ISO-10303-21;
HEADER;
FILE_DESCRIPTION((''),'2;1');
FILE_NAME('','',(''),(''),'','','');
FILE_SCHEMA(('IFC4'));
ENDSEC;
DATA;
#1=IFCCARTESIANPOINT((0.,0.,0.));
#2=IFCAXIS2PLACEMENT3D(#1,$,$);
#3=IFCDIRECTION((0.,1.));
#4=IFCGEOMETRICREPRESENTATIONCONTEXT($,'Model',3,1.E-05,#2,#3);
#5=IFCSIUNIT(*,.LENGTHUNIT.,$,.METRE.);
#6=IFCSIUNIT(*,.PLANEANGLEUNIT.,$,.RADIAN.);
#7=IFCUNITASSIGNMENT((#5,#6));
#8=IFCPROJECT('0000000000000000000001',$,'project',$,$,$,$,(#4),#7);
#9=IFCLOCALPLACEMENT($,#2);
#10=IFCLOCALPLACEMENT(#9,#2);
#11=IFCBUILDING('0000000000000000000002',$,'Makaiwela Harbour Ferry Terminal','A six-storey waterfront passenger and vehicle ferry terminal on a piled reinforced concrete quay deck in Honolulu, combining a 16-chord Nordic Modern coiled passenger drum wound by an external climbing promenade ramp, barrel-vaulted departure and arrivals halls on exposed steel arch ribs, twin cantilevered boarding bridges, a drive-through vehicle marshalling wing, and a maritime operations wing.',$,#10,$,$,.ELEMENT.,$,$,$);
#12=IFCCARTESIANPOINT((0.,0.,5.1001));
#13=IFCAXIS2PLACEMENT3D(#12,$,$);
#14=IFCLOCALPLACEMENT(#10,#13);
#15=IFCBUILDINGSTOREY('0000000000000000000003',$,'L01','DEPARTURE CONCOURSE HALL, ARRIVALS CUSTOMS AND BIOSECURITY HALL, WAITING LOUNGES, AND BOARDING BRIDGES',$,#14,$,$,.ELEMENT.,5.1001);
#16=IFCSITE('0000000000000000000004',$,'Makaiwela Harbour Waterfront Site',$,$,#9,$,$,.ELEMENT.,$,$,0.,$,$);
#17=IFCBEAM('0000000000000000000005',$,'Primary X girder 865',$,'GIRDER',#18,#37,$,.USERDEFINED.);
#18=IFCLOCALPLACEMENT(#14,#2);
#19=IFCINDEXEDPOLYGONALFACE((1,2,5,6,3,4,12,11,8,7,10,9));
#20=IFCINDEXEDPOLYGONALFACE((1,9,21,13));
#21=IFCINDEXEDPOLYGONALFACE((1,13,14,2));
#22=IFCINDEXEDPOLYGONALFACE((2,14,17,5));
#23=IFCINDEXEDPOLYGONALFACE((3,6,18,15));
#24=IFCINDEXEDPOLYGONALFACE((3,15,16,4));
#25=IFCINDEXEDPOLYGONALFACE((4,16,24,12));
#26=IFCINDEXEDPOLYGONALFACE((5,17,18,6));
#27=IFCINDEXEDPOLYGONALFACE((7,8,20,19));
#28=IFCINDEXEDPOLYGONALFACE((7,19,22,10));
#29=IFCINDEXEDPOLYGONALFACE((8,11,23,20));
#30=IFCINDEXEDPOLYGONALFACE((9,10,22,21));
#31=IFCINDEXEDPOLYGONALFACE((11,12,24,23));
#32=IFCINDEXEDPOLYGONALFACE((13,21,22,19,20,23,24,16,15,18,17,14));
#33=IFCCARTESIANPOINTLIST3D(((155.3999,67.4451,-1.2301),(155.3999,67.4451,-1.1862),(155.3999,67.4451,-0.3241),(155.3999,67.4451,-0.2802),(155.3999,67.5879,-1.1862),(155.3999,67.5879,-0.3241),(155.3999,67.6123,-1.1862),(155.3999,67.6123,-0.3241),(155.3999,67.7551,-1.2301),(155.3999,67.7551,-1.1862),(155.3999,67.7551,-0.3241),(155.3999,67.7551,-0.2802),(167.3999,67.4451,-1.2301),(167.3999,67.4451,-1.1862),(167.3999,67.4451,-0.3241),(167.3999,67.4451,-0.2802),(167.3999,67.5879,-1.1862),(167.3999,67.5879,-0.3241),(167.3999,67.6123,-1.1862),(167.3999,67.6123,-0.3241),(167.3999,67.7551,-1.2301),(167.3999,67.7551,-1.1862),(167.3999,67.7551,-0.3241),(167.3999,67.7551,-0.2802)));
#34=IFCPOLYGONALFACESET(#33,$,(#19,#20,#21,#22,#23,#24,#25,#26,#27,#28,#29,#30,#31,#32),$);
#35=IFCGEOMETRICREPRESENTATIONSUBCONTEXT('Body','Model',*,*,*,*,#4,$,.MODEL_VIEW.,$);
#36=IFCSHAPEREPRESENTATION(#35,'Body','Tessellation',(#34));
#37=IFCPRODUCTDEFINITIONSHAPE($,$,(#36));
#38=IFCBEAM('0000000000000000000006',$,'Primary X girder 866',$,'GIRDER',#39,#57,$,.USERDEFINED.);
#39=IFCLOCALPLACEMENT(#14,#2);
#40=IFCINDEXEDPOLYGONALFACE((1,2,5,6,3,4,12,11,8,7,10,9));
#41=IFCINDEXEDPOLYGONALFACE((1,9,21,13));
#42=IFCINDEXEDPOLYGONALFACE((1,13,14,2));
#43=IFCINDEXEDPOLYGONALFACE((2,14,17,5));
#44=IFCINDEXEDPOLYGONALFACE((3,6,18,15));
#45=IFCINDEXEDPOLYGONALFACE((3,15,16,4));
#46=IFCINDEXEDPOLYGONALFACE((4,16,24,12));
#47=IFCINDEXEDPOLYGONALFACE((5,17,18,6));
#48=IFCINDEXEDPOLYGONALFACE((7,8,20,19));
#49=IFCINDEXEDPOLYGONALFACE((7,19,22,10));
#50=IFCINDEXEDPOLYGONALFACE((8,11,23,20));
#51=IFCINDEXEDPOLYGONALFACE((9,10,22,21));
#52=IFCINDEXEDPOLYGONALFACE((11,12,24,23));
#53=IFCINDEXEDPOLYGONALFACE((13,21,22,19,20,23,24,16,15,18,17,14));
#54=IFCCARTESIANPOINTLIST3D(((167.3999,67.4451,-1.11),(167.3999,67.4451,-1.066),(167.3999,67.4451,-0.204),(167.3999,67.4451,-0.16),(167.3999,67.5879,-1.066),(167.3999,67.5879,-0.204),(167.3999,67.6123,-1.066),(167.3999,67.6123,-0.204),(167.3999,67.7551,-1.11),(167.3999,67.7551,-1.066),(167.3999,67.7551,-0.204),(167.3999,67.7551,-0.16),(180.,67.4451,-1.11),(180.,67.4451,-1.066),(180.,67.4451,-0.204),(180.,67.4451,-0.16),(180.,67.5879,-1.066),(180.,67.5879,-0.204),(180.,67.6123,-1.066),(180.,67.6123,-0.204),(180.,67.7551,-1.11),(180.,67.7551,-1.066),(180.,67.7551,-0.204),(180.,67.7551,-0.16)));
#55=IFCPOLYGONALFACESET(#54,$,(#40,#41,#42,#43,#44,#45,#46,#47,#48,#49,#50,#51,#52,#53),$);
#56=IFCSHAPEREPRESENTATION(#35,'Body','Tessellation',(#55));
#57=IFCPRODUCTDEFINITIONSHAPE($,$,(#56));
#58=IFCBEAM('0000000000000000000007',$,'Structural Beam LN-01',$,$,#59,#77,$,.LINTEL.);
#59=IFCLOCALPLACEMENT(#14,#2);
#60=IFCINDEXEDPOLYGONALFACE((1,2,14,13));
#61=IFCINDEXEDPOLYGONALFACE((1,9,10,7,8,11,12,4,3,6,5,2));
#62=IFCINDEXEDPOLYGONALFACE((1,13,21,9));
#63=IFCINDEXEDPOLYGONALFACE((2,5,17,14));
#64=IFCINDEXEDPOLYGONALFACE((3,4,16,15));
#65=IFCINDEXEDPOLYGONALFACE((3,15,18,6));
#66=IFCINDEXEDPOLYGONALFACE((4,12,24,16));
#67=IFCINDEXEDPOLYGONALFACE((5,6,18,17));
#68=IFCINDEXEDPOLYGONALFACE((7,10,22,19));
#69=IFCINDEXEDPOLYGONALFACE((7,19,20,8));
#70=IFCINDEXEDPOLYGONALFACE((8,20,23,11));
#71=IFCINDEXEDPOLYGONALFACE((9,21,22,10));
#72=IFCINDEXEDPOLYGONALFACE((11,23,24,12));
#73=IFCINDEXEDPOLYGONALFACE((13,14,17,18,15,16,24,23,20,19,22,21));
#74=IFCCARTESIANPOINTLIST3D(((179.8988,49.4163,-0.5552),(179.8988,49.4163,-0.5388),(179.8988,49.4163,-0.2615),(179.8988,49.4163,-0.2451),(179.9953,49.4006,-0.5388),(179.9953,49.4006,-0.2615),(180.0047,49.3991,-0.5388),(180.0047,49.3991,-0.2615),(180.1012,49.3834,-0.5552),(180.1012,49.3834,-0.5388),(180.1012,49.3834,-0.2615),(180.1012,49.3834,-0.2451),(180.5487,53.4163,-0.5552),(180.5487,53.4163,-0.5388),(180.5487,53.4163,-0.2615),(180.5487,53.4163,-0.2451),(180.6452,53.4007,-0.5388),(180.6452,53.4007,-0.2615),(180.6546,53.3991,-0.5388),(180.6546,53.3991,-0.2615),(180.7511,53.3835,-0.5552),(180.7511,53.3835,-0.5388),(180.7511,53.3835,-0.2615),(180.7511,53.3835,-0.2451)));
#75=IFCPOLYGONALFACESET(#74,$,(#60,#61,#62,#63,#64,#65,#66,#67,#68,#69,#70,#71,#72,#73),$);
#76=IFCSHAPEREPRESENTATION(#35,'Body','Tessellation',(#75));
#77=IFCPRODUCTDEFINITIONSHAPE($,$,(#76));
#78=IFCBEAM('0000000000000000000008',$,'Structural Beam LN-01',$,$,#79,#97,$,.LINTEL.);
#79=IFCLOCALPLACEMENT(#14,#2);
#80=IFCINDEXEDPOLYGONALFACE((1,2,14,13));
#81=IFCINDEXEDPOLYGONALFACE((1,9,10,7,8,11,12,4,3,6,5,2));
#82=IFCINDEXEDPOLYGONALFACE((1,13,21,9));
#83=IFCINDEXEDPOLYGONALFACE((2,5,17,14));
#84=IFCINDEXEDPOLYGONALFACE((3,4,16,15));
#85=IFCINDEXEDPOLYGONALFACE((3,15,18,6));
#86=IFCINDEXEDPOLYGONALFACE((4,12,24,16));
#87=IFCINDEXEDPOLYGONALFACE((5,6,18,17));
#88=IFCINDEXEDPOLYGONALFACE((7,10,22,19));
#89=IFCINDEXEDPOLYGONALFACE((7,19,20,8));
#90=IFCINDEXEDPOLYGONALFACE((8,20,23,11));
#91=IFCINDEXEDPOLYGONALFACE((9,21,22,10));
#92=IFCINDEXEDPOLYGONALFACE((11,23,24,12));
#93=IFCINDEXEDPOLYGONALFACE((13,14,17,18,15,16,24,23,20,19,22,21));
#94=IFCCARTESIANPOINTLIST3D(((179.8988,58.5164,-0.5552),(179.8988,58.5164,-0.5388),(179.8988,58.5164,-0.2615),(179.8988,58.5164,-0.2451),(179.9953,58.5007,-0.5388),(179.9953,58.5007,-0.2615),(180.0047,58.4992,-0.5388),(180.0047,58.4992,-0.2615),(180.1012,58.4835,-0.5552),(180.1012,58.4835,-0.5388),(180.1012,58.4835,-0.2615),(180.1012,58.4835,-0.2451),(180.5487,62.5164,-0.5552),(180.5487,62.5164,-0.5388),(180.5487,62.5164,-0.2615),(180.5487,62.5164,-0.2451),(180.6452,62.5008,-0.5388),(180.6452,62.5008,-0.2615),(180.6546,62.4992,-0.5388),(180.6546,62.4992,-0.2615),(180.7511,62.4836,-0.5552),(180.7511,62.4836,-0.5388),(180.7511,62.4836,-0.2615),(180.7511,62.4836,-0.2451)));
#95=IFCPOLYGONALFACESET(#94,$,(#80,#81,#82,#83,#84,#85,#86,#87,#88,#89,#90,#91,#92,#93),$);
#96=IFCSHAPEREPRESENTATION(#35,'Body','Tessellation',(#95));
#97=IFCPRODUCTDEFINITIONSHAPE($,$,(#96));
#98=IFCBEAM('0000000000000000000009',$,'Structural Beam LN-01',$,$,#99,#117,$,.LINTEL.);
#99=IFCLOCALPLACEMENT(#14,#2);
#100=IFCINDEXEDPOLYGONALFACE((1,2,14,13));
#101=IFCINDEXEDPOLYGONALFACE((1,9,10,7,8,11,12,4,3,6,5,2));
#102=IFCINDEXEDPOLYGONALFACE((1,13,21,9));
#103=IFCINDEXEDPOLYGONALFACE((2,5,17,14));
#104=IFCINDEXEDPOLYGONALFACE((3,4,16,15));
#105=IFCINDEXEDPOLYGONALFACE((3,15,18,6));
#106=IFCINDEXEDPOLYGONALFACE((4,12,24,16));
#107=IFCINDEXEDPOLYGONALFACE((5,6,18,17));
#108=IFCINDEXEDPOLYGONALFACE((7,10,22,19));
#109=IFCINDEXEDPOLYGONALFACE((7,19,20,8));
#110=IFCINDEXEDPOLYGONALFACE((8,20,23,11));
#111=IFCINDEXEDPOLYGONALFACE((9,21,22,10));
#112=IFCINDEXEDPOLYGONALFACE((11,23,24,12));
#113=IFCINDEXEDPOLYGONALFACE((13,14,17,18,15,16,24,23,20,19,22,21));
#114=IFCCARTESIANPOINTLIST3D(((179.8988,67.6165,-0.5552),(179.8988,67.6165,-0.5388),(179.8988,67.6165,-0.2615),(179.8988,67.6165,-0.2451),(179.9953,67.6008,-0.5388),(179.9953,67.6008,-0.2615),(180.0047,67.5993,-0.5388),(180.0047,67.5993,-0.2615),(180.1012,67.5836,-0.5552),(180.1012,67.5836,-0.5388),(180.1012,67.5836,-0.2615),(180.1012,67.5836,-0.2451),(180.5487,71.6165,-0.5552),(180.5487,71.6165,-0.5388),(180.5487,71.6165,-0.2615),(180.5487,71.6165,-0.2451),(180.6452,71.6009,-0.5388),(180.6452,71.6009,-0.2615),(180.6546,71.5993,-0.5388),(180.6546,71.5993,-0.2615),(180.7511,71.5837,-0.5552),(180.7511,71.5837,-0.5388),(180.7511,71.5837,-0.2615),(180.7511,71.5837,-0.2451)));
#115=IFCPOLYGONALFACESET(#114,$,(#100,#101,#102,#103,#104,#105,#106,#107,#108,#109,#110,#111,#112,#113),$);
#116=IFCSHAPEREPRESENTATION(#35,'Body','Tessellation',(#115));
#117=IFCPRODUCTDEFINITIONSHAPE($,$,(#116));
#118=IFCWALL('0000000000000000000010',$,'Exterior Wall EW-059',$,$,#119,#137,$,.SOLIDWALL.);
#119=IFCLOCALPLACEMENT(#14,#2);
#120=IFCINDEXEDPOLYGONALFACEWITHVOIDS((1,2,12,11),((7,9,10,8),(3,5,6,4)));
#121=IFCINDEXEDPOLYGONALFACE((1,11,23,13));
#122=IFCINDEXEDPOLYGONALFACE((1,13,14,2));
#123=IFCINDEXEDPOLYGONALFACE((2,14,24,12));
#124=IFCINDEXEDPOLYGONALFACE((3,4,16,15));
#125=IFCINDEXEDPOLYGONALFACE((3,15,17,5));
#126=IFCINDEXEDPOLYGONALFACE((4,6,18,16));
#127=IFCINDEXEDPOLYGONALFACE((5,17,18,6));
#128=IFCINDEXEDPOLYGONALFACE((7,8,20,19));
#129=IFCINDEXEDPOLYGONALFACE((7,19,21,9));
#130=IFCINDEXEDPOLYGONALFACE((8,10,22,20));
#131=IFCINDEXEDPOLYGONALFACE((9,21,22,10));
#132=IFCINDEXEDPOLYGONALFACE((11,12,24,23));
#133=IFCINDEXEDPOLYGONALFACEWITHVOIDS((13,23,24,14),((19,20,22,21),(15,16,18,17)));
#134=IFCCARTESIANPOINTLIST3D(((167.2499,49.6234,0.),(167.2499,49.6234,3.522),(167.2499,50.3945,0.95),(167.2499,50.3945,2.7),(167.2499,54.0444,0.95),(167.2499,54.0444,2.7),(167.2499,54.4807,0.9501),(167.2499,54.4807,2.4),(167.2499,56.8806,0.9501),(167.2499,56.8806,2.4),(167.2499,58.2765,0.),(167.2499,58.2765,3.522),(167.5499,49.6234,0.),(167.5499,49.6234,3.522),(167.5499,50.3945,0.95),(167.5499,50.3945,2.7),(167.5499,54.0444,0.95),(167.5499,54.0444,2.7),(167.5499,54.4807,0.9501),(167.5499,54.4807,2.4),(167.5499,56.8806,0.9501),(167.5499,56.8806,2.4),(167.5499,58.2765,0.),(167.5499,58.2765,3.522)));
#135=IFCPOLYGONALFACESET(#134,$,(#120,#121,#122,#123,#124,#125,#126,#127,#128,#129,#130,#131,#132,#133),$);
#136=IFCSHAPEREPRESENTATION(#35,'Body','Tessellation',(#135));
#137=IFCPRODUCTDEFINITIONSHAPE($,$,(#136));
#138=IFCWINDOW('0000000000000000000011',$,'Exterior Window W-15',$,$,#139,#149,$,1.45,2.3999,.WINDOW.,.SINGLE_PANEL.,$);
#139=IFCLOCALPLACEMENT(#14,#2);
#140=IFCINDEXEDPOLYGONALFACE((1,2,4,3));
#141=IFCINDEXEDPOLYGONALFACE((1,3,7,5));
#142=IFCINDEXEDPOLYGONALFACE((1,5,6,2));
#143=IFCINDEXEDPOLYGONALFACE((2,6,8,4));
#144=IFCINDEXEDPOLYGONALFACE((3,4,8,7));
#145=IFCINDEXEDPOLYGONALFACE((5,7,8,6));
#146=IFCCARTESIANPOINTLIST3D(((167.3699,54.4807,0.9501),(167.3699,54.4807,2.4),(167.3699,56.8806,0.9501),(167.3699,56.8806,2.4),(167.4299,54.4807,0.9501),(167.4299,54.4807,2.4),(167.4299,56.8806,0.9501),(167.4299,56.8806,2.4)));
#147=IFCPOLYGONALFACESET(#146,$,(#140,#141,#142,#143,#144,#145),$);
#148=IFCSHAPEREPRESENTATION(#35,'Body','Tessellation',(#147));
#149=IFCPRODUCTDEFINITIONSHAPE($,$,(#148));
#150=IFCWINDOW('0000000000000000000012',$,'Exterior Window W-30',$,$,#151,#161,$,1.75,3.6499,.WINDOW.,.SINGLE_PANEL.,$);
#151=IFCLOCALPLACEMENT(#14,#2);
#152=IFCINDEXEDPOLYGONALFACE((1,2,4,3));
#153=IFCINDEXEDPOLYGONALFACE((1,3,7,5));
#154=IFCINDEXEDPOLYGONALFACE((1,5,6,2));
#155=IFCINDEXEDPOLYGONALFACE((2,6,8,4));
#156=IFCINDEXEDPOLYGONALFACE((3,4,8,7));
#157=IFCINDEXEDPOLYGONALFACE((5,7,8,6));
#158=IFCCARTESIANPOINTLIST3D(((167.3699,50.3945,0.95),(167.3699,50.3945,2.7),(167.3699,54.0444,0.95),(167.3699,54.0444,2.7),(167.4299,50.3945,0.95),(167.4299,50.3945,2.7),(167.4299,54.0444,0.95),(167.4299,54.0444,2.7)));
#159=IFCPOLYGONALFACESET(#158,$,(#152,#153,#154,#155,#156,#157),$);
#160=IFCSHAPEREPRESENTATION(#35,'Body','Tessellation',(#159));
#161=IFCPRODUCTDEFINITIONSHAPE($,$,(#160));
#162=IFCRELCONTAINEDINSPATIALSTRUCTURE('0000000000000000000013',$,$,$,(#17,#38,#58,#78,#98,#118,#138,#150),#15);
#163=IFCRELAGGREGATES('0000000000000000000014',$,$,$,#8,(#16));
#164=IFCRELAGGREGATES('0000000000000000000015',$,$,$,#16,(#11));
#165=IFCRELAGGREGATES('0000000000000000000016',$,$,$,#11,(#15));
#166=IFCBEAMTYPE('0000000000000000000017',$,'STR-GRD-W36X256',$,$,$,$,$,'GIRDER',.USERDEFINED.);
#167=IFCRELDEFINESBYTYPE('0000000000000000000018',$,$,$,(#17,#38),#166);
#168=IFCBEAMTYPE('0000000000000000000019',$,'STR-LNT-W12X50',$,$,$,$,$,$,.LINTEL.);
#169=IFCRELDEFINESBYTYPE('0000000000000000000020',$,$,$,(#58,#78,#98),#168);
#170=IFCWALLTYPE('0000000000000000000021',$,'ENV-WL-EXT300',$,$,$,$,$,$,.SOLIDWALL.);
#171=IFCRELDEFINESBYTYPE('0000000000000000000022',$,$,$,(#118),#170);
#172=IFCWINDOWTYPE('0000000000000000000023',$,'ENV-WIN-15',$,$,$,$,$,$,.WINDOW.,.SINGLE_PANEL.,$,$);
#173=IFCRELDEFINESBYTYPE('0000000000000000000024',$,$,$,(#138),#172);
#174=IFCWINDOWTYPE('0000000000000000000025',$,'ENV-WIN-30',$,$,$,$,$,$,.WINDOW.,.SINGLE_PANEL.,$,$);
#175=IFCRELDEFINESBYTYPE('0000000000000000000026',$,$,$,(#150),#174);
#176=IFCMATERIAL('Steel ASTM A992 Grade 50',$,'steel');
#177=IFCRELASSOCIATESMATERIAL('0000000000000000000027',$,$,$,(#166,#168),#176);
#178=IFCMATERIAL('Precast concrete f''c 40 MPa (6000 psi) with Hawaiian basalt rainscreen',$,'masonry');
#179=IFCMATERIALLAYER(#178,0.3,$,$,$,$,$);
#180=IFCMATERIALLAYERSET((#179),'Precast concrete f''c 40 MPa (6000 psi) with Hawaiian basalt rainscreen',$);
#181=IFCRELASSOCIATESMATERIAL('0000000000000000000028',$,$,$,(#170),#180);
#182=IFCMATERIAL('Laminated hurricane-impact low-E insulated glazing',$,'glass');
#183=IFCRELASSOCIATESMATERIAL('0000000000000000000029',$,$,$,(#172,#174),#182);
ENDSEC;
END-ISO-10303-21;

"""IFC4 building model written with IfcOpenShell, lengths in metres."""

from ifc_helpers import new_model, si_unit, direction, frame, frame_2d, origin, origin_2d, place, context, subcontext, project, spatial, rectangle, i_section, extrude, material, layer, layer_set, material_profile, profile_set, type_object, element, fill, save


model = new_model("IFC4")

# Units and contexts
model_context = context("Model", 3, precision=1e-05, world=origin(), true_north=direction((0.0, 1.0)))
body_context = subcontext(model_context, "Body", "Model", "MODEL_VIEW")
ifc_project = project(units=[si_unit("LENGTHUNIT", "METRE"), si_unit("PLANEANGLEUNIT", "RADIAN")], contexts=[model_context])

# Site, building, storey
site_placement = place(None, origin())
site = spatial("IfcSite", under=ifc_project, at=site_placement, Name="Makaiwela Harbour Waterfront Site", CompositionType="ELEMENT", RefElevation=0.0)
building_placement = place(site_placement, origin())
building = spatial("IfcBuilding", under=site, at=building_placement, Name="Makaiwela Harbour Ferry Terminal", Description="A six-storey waterfront passenger and vehicle ferry terminal on a piled reinforced concrete quay deck in Honolulu, combining a 16-chord Nordic Modern coiled passenger drum wound by an external climbing promenade ramp, barrel-vaulted departure and arrivals halls on exposed steel arch ribs, twin cantilevered boarding bridges, a drive-through vehicle marshalling wing, and a maritime operations wing.", CompositionType="ELEMENT")
storey_placement = place(building_placement, frame((0.0, 0.0, 5.1001)))
storey = spatial("IfcBuildingStorey", under=building, at=storey_placement, Name="L01", Description="DEPARTURE CONCOURSE HALL, ARRIVALS CUSTOMS AND BIOSECURITY HALL, WAITING LOUNGES, AND BOARDING BRIDGES", CompositionType="ELEMENT", Elevation=5.1001)

# Shared definitions
ifc_material_1 = material(Name="Steel ASTM A992 Grade 50", Category="steel")

# Beams
ifc_material_profile_1 = material_profile(ifc_material_1, i_section(OverallWidth=0.3101, OverallDepth=0.95, WebThickness=0.0244, FlangeThickness=0.0439, at=origin_2d()), Name="W36X256")
ifc_profile_set_1 = profile_set([ifc_material_profile_1], Name="Steel ASTM A992 Grade 50")
beam_type_1 = type_object("IfcBeamType", Name="STR-GRD-W36X256", ElementType="GIRDER", PredefinedType="USERDEFINED", material=ifc_profile_set_1)
beam_1_placement = place(storey_placement, frame((155.3999, 67.6001, -0.7551), z_axis=(1.0, 0.0, 0.0), x_axis=(0.0, 1.0, 0.0)))
element("IfcBeam", 1, at=beam_1_placement, inside=storey, type_object=beam_type_1, Name="Primary X girder 865", ObjectType="GIRDER", PredefinedType="USERDEFINED", context=body_context, shape_type="SweptSolid", body=[
    extrude(i_section(OverallWidth=0.3101, OverallDepth=0.95, WebThickness=0.0244, FlangeThickness=0.0439, at=origin_2d()), origin(), (0.0, 0.0, 1.0), 12.0),
])
beam_2_placement = place(storey_placement, frame((167.3999, 67.6001, -0.635), z_axis=(1.0, 0.0, 0.0), x_axis=(0.0, 1.0, 0.0)))
element("IfcBeam", 2, at=beam_2_placement, inside=storey, type_object=beam_type_1, Name="Primary X girder 866", ObjectType="GIRDER", PredefinedType="USERDEFINED", context=body_context, shape_type="SweptSolid", body=[
    extrude(i_section(OverallWidth=0.3101, OverallDepth=0.95, WebThickness=0.0244, FlangeThickness=0.0439, at=origin_2d()), origin(), (0.0, 0.0, 1.0), 12.6001),
])
ifc_material_profile_2 = material_profile(ifc_material_1, i_section(OverallWidth=0.2051, OverallDepth=0.3101, WebThickness=0.0095, FlangeThickness=0.0164, at=origin_2d()), Name="W12X50")
ifc_profile_set_2 = profile_set([ifc_material_profile_2], Name="Steel ASTM A992 Grade 50")
beam_type_2 = type_object("IfcBeamType", Name="STR-LNT-W12X50", PredefinedType="LINTEL", material=ifc_profile_set_2)
for number, where, z_axis, x_axis, name in (
    (3, (180.6499, 53.3999, -0.4001), (-0.160373, -0.987057, 0.0), (0.987057, -0.160373, 0.0), "Structural Beam LN-01"),
    (4, (180.6499, 62.5, -0.4001), (-0.160373, -0.987057, 0.0), (0.987057, -0.160373, 0.0), "Structural Beam LN-01"),
    (5, (180.6499, 71.6001, -0.4001), (-0.160373, -0.987057, 0.0), (0.987057, -0.160373, 0.0), "Structural Beam LN-01"),
):
    element("IfcBeam", number, at=place(storey_placement, frame(where, z_axis=z_axis, x_axis=x_axis)), inside=storey, type_object=beam_type_2, Name=name, PredefinedType="LINTEL", context=body_context, shape_type="SweptSolid", body=[
        extrude(i_section(OverallWidth=0.2051, OverallDepth=0.3101, WebThickness=0.0095, FlangeThickness=0.0164, at=origin_2d()), origin(), (0.0, 0.0, 1.0), 4.0525),
    ])

# Wall, openings, windows
ifc_material_2 = material(Name="Precast concrete f'c 40 MPa (6000 psi) with Hawaiian basalt rainscreen", Category="masonry")
ifc_layer_1 = layer(ifc_material_2, 0.3)
ifc_layer_set_1 = layer_set([ifc_layer_1], Name="Precast concrete f'c 40 MPa (6000 psi) with Hawaiian basalt rainscreen")
wall_type_1 = type_object("IfcWallType", Name="ENV-WL-EXT300", PredefinedType="SOLIDWALL", material=ifc_layer_set_1)
wall_1_placement = place(storey_placement, frame((167.3999, 58.2766, 0.0), z_axis=(0.0, 0.0, 1.0), x_axis=(0.0, -1.0, 0.0)))
wall_1 = element("IfcWall", 6, at=wall_1_placement, inside=storey, type_object=wall_type_1, Name="Exterior Wall EW-059", PredefinedType="SOLIDWALL", context=body_context, shape_type="SweptSolid", body=[
    extrude(rectangle(XDim=8.6531, YDim=0.3, at=frame_2d((4.3267, 0.0))), origin(), (0.0, 0.0, 1.0), 3.522),
])
opening_1_placement = place(wall_1_placement, frame((1.396, 0.0, 0.95)))
opening_1 = element("IfcOpeningElement", 7, at=opening_1_placement, cuts=wall_1, PredefinedType="OPENING", context=body_context, shape_type="SweptSolid", body=[
    extrude(rectangle(XDim=2.3999, YDim=1.45, at=frame_2d((1.2, 0.7251))), frame((0.0, 0.1599, 0.0), z_axis=(0.0, -1.0, 0.0), x_axis=(1.0, 0.0, 0.0)), (0.0, 0.0, 1.0), 0.3201),
])
opening_2_placement = place(wall_1_placement, frame((4.2322, 0.0, 0.95)))
opening_2 = element("IfcOpeningElement", 8, at=opening_2_placement, cuts=wall_1, PredefinedType="OPENING", context=body_context, shape_type="SweptSolid", body=[
    extrude(rectangle(XDim=3.6499, YDim=1.75, at=frame_2d((1.825, 0.875))), frame((0.0, 0.1599, 0.0), z_axis=(0.0, -1.0, 0.0), x_axis=(1.0, 0.0, 0.0)), (0.0, 0.0, 1.0), 0.3201),
])
ifc_material_3 = material(Name="Laminated hurricane-impact low-E insulated glazing", Category="glass")
window_type_1 = type_object("IfcWindowType", Name="ENV-WIN-15", PartitioningType="SINGLE_PANEL", PredefinedType="WINDOW", material=ifc_material_3)
window_1_placement = place(opening_1_placement, origin())
window_1 = element("IfcWindow", 9, at=window_1_placement, inside=storey, type_object=window_type_1, Name="Exterior Window W-15", OverallHeight=1.45, OverallWidth=2.3999, PartitioningType="SINGLE_PANEL", PredefinedType="WINDOW", context=body_context, shape_type="SweptSolid", body=[
    extrude(rectangle(XDim=2.3999, YDim=1.45, at=frame_2d((1.2, 0.7251))), frame((0.0, 0.03, 0.0), z_axis=(0.0, -1.0, 0.0), x_axis=(1.0, 0.0, 0.0)), (0.0, 0.0, 1.0), 0.0601),
])
fill(opening_1, window_1)
window_type_2 = type_object("IfcWindowType", Name="ENV-WIN-30", PartitioningType="SINGLE_PANEL", PredefinedType="WINDOW", material=ifc_material_3)
window_2_placement = place(opening_2_placement, origin())
window_2 = element("IfcWindow", 10, at=window_2_placement, inside=storey, type_object=window_type_2, Name="Exterior Window W-30", OverallHeight=1.75, OverallWidth=3.6499, PartitioningType="SINGLE_PANEL", PredefinedType="WINDOW", context=body_context, shape_type="SweptSolid", body=[
    extrude(rectangle(XDim=3.6499, YDim=1.75, at=frame_2d((1.825, 0.875))), frame((0.0, 0.03, 0.0), z_axis=(0.0, -1.0, 0.0), x_axis=(1.0, 0.0, 0.0)), (0.0, 0.0, 1.0), 0.0601),
])
fill(opening_2, window_2)

save(model, "model.ifc")
